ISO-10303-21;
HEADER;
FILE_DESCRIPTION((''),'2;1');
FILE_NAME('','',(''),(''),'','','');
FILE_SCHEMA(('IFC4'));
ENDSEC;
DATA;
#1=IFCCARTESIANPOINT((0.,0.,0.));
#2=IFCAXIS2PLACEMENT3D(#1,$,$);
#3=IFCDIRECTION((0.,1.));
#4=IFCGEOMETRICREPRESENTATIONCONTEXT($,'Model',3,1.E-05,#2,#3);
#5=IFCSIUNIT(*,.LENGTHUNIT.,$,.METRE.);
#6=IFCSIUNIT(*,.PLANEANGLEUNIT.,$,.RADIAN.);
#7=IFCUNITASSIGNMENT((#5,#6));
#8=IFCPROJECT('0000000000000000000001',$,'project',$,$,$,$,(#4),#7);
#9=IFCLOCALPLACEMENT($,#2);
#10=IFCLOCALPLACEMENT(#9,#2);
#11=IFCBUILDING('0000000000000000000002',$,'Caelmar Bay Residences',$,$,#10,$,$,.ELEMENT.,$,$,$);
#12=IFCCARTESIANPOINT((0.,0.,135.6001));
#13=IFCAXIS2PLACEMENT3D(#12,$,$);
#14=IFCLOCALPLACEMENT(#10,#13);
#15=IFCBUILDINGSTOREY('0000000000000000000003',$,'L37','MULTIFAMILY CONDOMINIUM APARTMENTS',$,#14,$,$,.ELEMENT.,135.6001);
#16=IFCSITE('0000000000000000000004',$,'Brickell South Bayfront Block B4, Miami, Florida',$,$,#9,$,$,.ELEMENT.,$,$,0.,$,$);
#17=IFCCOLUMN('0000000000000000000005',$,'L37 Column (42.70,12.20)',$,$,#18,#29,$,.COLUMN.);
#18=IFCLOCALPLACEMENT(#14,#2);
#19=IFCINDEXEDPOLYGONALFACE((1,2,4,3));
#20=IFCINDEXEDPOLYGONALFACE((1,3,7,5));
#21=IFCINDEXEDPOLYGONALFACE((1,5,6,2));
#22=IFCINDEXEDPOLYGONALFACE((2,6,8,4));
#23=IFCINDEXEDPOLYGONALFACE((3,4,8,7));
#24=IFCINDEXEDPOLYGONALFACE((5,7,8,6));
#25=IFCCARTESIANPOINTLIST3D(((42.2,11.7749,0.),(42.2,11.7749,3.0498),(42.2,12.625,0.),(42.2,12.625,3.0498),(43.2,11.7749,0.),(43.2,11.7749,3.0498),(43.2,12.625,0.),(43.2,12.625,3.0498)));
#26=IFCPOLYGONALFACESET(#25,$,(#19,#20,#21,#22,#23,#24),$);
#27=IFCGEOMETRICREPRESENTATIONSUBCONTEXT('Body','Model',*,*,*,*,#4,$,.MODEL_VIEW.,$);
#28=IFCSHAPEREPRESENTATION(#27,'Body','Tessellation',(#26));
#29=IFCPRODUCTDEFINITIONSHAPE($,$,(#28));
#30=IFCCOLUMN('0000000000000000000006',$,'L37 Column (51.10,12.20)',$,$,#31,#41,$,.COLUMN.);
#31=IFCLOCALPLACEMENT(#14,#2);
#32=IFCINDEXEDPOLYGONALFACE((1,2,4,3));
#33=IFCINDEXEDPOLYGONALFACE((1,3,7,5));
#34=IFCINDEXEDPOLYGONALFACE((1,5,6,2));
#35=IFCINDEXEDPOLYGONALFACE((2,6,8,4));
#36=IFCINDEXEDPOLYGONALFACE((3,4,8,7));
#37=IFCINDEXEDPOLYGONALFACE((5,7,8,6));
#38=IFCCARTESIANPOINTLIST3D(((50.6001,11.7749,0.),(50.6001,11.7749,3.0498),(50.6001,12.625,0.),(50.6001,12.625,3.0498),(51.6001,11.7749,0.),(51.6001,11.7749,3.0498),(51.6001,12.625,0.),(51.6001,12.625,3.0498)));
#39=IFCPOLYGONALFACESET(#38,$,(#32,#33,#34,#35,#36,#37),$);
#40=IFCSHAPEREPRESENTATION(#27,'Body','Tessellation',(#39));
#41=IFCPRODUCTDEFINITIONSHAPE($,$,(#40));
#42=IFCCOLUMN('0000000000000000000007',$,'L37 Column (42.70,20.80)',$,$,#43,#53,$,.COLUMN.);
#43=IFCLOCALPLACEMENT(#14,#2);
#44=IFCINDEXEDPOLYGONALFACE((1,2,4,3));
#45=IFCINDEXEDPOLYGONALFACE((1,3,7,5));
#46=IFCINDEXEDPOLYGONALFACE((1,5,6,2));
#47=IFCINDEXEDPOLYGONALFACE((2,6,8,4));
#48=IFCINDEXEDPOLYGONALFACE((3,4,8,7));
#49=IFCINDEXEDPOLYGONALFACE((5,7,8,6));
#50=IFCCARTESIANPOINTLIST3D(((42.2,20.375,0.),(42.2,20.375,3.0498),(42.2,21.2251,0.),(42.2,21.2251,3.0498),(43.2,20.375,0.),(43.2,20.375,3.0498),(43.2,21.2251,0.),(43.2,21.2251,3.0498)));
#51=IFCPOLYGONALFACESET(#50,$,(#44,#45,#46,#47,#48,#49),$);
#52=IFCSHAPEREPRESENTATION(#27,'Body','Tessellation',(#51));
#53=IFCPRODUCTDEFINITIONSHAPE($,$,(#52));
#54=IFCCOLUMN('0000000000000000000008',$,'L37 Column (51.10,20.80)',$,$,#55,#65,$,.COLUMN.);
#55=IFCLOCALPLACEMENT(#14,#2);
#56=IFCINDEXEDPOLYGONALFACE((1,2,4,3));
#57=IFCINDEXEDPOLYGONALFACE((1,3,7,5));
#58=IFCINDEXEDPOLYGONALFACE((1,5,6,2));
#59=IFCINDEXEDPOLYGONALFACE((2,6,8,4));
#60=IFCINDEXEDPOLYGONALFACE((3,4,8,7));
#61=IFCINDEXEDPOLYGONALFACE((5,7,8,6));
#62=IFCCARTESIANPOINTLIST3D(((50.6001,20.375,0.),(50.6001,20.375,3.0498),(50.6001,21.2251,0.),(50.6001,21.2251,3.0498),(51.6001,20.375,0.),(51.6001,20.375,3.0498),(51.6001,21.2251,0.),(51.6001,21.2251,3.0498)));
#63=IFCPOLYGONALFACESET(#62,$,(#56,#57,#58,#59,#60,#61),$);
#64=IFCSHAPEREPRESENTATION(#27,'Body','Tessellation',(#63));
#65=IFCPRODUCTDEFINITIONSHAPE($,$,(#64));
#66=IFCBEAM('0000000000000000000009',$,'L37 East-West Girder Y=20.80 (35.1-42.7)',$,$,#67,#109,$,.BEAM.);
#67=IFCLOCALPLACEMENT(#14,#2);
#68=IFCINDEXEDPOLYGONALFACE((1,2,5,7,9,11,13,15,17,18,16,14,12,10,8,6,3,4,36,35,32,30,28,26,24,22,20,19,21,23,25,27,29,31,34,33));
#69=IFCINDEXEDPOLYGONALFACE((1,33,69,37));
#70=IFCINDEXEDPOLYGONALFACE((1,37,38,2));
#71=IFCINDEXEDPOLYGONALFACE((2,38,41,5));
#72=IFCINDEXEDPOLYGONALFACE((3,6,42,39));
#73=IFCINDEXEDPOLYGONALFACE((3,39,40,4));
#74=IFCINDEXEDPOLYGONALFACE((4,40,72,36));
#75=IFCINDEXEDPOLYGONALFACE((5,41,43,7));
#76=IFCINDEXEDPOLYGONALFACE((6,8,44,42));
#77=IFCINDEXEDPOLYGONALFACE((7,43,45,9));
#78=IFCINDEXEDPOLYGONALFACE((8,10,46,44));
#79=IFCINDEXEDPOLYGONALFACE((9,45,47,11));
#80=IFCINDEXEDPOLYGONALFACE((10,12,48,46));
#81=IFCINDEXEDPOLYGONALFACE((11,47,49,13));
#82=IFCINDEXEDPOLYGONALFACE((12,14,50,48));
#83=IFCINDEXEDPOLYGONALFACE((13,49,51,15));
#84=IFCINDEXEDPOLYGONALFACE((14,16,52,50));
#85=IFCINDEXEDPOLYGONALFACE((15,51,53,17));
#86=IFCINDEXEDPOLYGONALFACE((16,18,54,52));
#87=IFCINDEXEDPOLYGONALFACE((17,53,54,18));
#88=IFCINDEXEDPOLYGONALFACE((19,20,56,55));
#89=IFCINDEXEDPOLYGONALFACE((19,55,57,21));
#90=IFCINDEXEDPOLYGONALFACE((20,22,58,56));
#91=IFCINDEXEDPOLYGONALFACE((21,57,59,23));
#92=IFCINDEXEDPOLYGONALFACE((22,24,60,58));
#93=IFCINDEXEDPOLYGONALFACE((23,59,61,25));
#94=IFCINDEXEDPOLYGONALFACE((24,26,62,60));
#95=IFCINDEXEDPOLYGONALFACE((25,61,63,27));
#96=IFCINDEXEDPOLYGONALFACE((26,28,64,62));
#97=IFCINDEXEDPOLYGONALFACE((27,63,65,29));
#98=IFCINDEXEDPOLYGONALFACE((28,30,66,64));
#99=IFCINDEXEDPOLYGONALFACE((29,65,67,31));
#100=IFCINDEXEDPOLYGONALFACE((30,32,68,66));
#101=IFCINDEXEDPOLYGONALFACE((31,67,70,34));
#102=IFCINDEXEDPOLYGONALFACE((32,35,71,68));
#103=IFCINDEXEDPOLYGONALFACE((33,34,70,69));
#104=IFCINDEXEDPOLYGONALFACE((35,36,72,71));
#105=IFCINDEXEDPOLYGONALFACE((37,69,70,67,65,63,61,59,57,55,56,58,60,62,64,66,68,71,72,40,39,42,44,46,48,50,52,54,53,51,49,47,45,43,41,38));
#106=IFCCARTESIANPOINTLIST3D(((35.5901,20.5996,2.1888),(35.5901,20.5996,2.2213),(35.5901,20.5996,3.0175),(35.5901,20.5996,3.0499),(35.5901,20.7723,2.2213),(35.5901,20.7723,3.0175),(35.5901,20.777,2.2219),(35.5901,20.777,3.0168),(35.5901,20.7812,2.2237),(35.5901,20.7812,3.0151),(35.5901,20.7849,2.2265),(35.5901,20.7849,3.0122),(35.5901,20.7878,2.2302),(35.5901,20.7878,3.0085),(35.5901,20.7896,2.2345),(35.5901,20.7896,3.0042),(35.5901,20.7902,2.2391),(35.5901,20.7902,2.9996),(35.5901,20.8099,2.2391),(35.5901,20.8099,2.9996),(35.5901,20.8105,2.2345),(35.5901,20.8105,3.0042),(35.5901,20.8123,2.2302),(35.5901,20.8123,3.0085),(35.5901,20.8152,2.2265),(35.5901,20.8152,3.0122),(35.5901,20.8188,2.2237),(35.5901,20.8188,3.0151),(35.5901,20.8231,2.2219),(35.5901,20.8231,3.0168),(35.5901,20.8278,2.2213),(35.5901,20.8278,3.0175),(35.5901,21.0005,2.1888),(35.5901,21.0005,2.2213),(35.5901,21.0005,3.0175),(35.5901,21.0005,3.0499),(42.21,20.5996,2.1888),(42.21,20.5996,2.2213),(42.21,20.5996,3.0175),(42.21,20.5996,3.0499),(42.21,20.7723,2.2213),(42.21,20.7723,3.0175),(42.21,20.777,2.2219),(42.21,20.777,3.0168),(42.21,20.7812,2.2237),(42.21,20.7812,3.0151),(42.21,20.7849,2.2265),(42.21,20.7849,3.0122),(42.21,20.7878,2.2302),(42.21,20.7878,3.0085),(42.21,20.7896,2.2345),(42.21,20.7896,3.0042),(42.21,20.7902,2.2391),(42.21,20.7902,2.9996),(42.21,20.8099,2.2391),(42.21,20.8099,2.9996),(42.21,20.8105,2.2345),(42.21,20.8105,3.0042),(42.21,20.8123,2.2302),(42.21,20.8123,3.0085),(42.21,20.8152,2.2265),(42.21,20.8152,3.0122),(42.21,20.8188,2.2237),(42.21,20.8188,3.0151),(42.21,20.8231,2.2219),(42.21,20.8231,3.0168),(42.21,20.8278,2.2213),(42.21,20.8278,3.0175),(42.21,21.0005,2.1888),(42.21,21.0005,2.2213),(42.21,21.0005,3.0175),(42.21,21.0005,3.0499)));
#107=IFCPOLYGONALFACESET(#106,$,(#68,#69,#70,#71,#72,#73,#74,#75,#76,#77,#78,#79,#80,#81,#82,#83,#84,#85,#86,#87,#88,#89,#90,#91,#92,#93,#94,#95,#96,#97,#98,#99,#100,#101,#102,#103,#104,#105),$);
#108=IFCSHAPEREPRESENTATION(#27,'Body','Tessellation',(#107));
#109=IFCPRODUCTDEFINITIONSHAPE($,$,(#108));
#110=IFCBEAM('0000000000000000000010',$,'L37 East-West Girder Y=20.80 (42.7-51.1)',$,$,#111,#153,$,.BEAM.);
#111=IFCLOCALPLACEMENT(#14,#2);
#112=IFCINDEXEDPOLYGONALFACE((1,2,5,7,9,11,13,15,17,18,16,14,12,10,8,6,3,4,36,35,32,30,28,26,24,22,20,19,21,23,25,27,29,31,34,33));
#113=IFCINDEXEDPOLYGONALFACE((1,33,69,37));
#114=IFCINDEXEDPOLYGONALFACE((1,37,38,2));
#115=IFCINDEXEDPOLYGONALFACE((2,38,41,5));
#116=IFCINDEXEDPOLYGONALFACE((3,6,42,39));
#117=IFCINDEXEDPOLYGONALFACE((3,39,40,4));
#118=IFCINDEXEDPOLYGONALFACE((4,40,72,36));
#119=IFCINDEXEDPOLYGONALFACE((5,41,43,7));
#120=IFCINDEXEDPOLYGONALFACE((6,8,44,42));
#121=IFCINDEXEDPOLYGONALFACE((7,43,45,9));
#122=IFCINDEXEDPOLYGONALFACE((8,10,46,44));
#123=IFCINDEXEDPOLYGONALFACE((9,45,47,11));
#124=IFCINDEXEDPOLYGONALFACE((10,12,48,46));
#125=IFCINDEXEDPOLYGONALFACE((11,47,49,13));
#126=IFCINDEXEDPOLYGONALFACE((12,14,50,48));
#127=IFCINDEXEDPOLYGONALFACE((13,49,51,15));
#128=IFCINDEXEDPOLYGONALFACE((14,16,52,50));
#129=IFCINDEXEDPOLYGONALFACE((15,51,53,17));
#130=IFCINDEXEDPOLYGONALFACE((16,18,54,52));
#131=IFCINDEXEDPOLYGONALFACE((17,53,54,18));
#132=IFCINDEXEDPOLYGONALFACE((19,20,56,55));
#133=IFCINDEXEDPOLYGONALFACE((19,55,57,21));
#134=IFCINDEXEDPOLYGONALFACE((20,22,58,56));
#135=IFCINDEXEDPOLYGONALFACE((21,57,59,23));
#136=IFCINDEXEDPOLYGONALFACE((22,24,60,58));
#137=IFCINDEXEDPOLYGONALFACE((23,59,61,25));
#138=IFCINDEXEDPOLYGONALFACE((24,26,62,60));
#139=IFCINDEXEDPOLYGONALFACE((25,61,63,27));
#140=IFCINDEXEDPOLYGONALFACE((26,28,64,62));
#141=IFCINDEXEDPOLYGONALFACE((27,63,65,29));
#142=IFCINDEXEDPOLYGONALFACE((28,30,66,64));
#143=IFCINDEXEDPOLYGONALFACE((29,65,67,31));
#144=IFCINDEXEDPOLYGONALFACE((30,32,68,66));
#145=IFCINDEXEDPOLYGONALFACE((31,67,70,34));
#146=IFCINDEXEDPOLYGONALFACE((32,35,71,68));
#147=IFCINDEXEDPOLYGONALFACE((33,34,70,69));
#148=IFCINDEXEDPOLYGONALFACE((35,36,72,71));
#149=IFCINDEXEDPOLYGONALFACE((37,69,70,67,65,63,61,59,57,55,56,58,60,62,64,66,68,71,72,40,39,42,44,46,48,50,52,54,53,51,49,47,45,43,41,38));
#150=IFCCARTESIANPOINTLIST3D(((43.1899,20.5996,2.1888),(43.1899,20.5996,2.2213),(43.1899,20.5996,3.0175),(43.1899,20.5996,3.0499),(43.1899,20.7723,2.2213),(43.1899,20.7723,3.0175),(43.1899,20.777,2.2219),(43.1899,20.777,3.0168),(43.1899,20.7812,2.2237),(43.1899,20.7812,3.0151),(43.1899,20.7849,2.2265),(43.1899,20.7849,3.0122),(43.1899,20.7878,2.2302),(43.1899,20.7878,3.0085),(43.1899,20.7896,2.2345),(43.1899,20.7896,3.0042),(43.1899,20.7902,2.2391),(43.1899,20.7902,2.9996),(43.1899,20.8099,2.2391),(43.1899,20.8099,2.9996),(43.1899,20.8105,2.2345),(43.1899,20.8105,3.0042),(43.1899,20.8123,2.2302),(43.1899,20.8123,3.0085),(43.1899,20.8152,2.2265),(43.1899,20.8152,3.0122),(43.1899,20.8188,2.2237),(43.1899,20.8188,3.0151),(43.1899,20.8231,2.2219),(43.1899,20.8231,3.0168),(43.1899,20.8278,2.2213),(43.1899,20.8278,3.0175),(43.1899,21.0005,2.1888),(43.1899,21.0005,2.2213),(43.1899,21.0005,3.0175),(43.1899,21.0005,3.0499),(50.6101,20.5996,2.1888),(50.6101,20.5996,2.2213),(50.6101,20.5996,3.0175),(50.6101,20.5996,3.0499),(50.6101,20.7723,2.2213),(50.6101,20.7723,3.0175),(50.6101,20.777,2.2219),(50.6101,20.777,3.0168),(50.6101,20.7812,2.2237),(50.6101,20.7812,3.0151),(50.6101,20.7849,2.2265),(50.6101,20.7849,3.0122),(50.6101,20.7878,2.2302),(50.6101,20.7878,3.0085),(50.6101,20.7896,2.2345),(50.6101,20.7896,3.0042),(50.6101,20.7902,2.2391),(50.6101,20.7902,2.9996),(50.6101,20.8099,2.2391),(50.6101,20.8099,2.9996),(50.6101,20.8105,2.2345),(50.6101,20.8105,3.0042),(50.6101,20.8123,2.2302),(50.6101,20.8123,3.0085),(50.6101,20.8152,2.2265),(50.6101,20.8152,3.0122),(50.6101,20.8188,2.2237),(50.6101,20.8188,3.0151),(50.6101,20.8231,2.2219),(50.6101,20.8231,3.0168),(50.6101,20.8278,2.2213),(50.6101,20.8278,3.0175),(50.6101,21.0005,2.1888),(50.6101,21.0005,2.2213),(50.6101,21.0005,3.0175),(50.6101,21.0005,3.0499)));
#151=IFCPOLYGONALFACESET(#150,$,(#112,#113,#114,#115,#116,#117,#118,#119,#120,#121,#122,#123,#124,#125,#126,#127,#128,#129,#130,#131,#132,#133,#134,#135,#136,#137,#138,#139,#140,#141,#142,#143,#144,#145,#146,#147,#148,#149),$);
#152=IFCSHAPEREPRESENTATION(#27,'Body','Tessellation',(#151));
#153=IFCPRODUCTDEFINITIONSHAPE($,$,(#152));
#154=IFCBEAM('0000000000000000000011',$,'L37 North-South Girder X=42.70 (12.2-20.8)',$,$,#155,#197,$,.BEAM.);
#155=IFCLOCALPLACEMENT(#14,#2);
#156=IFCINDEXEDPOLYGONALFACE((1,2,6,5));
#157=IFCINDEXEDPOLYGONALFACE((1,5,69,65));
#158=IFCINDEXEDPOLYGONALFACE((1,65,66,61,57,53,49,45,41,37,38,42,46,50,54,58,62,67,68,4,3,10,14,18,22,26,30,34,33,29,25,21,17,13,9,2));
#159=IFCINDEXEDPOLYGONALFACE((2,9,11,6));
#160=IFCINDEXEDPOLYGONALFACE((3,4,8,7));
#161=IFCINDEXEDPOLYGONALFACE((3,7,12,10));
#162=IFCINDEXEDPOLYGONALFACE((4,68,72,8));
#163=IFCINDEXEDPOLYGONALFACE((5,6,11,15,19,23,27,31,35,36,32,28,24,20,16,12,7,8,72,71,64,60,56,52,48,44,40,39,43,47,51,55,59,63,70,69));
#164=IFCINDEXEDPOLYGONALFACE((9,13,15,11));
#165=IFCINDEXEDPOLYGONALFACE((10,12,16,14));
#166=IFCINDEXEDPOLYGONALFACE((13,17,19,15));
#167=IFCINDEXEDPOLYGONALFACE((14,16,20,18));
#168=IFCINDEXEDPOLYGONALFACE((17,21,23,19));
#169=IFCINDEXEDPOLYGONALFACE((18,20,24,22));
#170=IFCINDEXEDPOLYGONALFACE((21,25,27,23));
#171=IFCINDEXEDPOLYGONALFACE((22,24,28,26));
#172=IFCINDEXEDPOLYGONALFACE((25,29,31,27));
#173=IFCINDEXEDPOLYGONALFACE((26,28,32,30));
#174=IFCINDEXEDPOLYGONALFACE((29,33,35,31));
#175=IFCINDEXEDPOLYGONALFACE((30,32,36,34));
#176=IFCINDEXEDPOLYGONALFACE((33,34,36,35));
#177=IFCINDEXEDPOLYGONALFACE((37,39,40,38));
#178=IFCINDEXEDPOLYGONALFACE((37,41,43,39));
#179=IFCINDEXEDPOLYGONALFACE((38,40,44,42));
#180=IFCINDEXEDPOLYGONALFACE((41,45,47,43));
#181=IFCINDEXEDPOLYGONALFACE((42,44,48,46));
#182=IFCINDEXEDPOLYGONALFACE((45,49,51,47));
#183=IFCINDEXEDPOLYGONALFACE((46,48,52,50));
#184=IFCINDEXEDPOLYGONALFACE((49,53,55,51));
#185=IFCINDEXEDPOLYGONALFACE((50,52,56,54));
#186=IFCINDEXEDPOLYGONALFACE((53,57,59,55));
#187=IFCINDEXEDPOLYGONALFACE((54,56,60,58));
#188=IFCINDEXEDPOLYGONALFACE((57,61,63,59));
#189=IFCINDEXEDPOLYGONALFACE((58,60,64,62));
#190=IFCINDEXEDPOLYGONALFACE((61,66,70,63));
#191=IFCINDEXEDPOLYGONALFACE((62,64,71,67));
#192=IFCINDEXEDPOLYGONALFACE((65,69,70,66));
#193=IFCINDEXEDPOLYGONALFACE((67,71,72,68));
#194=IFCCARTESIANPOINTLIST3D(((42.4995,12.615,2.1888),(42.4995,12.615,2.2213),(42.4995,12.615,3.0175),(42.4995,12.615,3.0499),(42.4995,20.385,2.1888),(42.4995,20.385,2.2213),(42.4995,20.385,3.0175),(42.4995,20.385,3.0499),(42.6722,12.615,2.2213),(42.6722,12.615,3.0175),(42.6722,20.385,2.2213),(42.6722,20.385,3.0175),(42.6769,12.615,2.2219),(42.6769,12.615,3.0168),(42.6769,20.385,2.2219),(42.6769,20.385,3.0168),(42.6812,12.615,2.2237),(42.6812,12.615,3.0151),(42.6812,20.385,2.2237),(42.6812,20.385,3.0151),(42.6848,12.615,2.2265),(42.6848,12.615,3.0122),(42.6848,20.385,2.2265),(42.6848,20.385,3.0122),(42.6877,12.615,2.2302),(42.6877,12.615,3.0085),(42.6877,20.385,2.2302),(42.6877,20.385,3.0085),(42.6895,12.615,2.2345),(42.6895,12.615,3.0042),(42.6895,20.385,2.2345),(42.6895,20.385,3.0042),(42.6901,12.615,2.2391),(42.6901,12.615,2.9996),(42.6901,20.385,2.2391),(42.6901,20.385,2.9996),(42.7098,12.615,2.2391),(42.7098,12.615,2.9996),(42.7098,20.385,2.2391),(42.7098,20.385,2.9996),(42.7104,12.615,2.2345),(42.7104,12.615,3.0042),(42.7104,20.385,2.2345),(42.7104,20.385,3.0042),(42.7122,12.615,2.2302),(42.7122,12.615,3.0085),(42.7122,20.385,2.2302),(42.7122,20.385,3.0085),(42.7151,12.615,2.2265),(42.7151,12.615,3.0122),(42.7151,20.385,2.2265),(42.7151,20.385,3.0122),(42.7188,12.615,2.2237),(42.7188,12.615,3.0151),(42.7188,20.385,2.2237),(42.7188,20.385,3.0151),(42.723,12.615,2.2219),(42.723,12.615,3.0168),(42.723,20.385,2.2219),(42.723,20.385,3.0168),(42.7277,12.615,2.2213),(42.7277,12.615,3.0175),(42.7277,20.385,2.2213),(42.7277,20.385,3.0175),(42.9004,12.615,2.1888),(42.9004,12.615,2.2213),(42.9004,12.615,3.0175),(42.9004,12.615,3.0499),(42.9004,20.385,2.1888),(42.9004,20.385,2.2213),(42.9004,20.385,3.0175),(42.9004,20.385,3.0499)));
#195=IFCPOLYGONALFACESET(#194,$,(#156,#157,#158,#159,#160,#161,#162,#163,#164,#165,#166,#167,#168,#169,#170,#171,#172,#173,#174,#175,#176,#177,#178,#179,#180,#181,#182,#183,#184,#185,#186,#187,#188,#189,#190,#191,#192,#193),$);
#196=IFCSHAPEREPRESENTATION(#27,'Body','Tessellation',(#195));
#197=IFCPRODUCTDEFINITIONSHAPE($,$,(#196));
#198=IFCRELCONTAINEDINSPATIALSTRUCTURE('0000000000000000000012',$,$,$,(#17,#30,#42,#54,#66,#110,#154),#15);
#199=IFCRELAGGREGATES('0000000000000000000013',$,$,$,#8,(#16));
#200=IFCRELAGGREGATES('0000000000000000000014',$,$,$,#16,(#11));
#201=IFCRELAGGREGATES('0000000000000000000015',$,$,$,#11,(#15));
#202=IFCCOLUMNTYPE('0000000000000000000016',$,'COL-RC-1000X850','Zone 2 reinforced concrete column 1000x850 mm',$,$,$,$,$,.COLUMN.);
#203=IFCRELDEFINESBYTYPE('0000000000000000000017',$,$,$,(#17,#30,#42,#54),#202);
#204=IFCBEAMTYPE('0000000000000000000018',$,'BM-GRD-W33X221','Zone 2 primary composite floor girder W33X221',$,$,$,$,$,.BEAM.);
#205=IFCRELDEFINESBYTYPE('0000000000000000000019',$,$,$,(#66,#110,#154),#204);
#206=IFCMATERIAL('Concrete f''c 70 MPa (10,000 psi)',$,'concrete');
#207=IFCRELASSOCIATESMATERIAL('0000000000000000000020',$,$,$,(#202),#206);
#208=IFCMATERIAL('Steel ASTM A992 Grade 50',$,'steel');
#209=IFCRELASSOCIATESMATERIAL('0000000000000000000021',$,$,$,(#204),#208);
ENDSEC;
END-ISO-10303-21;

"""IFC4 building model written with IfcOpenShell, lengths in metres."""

from ifc_helpers import new_model, si_unit, direction, frame, origin, origin_2d, place, context, subcontext, project, spatial, rectangle, i_section, extrude, material, material_profile, profile_set, type_object, element, save


model = new_model("IFC4")

# Units and contexts
model_context = context("Model", 3, precision=1e-05, world=origin(), true_north=direction((0.0, 1.0)))
body_context = subcontext(model_context, "Body", "Model", "MODEL_VIEW")
ifc_project = project(units=[si_unit("LENGTHUNIT", "METRE"), si_unit("PLANEANGLEUNIT", "RADIAN")], contexts=[model_context])

# Site, building, storey
site_placement = place(None, origin())
site = spatial("IfcSite", under=ifc_project, at=site_placement, Name="Brickell South Bayfront Block B4, Miami, Florida", CompositionType="ELEMENT", RefElevation=0.0)
building_placement = place(site_placement, origin())
building = spatial("IfcBuilding", under=site, at=building_placement, Name="Caelmar Bay Residences", CompositionType="ELEMENT")
storey_placement = place(building_placement, frame((0.0, 0.0, 135.6001)))
storey = spatial("IfcBuildingStorey", under=building, at=storey_placement, Name="L37", Description="MULTIFAMILY CONDOMINIUM APARTMENTS", CompositionType="ELEMENT", Elevation=135.6001)

# Columns
ifc_material_1 = material(Name="Concrete f'c 70 MPa (10,000 psi)", Category="concrete")
ifc_material_profile_1 = material_profile(ifc_material_1, rectangle(XDim=1.0, YDim=0.8501, at=origin_2d()), Name="RC-COL-1000X850")
ifc_profile_set_1 = profile_set([ifc_material_profile_1], Name="Concrete f'c 70 MPa (10,000 psi)")
column_type = type_object("IfcColumnType", Name="COL-RC-1000X850", Description="Zone 2 reinforced concrete column 1000x850 mm", PredefinedType="COLUMN", material=ifc_profile_set_1)
for number, where, z_axis, x_axis, name in (
    (1, (42.7, 12.2, 0.0), (0.0, 0.0, 1.0), (1.0, 0.0, 0.0), "L37 Column (42.70,12.20)"),
    (2, (51.1001, 12.2, 0.0), (0.0, 0.0, 1.0), (1.0, 0.0, 0.0), "L37 Column (51.10,12.20)"),
    (3, (42.7, 20.8, 0.0), (0.0, 0.0, 1.0), (1.0, 0.0, 0.0), "L37 Column (42.70,20.80)"),
    (4, (51.1001, 20.8, 0.0), (0.0, 0.0, 1.0), (1.0, 0.0, 0.0), "L37 Column (51.10,20.80)"),
):
    element("IfcColumn", number, at=place(storey_placement, frame(where, z_axis=z_axis, x_axis=x_axis)), inside=storey, type_object=column_type, Name=name, PredefinedType="COLUMN", context=body_context, shape_type="SweptSolid", body=[
        extrude(rectangle(XDim=1.0, YDim=0.8501, at=origin_2d()), origin(), (0.0, 0.0, 1.0), 3.0498),
    ])

# Beams
ifc_material_2 = material(Name="Steel ASTM A992 Grade 50", Category="steel")
ifc_material_profile_2 = material_profile(ifc_material_2, i_section(OverallWidth=0.4009, OverallDepth=0.8611, WebThickness=0.0198, FlangeThickness=0.0325, FilletRadius=0.0178, at=origin_2d()), Name="W33X221")
ifc_profile_set_2 = profile_set([ifc_material_profile_2], Name="Steel ASTM A992 Grade 50")
beam_type_1 = type_object("IfcBeamType", Name="BM-GRD-W33X221", Description="Zone 2 primary composite floor girder W33X221", PredefinedType="BEAM", material=ifc_profile_set_2)
beam_1_placement = place(storey_placement, frame((35.5901, 20.8, 2.6194), z_axis=(1.0, 0.0, 0.0), x_axis=(0.0, 1.0, 0.0)))
element("IfcBeam", 5, at=beam_1_placement, inside=storey, type_object=beam_type_1, Name="L37 East-West Girder Y=20.80 (35.1-42.7)", PredefinedType="BEAM", context=body_context, shape_type="SweptSolid", body=[
    extrude(i_section(OverallWidth=0.4009, OverallDepth=0.8611, WebThickness=0.0198, FlangeThickness=0.0325, FilletRadius=0.0178, at=origin_2d()), origin(), (0.0, 0.0, 1.0), 6.6199),
])
beam_2_placement = place(storey_placement, frame((43.1899, 20.8, 2.6194), z_axis=(1.0, 0.0, 0.0), x_axis=(0.0, 1.0, 0.0)))
element("IfcBeam", 6, at=beam_2_placement, inside=storey, type_object=beam_type_1, Name="L37 East-West Girder Y=20.80 (42.7-51.1)", PredefinedType="BEAM", context=body_context, shape_type="SweptSolid", body=[
    extrude(i_section(OverallWidth=0.4009, OverallDepth=0.8611, WebThickness=0.0198, FlangeThickness=0.0325, FilletRadius=0.0178, at=origin_2d()), origin(), (0.0, 0.0, 1.0), 7.4202),
])
for number, where, z_axis, x_axis, name in (
    (7, (42.7, 12.615, 2.6194), (0.0, 1.0, 0.0), (-1.0, 0.0, 0.0), "L37 North-South Girder X=42.70 (12.2-20.8)"),
):
    element("IfcBeam", number, at=place(storey_placement, frame(where, z_axis=z_axis, x_axis=x_axis)), inside=storey, type_object=beam_type_1, Name=name, PredefinedType="BEAM", context=body_context, shape_type="SweptSolid", body=[
        extrude(i_section(OverallWidth=0.4009, OverallDepth=0.8611, WebThickness=0.0198, FlangeThickness=0.0325, FilletRadius=0.0178, at=origin_2d()), origin(), (0.0, 0.0, 1.0), 7.77),
    ])

save(model, "model.ifc")
